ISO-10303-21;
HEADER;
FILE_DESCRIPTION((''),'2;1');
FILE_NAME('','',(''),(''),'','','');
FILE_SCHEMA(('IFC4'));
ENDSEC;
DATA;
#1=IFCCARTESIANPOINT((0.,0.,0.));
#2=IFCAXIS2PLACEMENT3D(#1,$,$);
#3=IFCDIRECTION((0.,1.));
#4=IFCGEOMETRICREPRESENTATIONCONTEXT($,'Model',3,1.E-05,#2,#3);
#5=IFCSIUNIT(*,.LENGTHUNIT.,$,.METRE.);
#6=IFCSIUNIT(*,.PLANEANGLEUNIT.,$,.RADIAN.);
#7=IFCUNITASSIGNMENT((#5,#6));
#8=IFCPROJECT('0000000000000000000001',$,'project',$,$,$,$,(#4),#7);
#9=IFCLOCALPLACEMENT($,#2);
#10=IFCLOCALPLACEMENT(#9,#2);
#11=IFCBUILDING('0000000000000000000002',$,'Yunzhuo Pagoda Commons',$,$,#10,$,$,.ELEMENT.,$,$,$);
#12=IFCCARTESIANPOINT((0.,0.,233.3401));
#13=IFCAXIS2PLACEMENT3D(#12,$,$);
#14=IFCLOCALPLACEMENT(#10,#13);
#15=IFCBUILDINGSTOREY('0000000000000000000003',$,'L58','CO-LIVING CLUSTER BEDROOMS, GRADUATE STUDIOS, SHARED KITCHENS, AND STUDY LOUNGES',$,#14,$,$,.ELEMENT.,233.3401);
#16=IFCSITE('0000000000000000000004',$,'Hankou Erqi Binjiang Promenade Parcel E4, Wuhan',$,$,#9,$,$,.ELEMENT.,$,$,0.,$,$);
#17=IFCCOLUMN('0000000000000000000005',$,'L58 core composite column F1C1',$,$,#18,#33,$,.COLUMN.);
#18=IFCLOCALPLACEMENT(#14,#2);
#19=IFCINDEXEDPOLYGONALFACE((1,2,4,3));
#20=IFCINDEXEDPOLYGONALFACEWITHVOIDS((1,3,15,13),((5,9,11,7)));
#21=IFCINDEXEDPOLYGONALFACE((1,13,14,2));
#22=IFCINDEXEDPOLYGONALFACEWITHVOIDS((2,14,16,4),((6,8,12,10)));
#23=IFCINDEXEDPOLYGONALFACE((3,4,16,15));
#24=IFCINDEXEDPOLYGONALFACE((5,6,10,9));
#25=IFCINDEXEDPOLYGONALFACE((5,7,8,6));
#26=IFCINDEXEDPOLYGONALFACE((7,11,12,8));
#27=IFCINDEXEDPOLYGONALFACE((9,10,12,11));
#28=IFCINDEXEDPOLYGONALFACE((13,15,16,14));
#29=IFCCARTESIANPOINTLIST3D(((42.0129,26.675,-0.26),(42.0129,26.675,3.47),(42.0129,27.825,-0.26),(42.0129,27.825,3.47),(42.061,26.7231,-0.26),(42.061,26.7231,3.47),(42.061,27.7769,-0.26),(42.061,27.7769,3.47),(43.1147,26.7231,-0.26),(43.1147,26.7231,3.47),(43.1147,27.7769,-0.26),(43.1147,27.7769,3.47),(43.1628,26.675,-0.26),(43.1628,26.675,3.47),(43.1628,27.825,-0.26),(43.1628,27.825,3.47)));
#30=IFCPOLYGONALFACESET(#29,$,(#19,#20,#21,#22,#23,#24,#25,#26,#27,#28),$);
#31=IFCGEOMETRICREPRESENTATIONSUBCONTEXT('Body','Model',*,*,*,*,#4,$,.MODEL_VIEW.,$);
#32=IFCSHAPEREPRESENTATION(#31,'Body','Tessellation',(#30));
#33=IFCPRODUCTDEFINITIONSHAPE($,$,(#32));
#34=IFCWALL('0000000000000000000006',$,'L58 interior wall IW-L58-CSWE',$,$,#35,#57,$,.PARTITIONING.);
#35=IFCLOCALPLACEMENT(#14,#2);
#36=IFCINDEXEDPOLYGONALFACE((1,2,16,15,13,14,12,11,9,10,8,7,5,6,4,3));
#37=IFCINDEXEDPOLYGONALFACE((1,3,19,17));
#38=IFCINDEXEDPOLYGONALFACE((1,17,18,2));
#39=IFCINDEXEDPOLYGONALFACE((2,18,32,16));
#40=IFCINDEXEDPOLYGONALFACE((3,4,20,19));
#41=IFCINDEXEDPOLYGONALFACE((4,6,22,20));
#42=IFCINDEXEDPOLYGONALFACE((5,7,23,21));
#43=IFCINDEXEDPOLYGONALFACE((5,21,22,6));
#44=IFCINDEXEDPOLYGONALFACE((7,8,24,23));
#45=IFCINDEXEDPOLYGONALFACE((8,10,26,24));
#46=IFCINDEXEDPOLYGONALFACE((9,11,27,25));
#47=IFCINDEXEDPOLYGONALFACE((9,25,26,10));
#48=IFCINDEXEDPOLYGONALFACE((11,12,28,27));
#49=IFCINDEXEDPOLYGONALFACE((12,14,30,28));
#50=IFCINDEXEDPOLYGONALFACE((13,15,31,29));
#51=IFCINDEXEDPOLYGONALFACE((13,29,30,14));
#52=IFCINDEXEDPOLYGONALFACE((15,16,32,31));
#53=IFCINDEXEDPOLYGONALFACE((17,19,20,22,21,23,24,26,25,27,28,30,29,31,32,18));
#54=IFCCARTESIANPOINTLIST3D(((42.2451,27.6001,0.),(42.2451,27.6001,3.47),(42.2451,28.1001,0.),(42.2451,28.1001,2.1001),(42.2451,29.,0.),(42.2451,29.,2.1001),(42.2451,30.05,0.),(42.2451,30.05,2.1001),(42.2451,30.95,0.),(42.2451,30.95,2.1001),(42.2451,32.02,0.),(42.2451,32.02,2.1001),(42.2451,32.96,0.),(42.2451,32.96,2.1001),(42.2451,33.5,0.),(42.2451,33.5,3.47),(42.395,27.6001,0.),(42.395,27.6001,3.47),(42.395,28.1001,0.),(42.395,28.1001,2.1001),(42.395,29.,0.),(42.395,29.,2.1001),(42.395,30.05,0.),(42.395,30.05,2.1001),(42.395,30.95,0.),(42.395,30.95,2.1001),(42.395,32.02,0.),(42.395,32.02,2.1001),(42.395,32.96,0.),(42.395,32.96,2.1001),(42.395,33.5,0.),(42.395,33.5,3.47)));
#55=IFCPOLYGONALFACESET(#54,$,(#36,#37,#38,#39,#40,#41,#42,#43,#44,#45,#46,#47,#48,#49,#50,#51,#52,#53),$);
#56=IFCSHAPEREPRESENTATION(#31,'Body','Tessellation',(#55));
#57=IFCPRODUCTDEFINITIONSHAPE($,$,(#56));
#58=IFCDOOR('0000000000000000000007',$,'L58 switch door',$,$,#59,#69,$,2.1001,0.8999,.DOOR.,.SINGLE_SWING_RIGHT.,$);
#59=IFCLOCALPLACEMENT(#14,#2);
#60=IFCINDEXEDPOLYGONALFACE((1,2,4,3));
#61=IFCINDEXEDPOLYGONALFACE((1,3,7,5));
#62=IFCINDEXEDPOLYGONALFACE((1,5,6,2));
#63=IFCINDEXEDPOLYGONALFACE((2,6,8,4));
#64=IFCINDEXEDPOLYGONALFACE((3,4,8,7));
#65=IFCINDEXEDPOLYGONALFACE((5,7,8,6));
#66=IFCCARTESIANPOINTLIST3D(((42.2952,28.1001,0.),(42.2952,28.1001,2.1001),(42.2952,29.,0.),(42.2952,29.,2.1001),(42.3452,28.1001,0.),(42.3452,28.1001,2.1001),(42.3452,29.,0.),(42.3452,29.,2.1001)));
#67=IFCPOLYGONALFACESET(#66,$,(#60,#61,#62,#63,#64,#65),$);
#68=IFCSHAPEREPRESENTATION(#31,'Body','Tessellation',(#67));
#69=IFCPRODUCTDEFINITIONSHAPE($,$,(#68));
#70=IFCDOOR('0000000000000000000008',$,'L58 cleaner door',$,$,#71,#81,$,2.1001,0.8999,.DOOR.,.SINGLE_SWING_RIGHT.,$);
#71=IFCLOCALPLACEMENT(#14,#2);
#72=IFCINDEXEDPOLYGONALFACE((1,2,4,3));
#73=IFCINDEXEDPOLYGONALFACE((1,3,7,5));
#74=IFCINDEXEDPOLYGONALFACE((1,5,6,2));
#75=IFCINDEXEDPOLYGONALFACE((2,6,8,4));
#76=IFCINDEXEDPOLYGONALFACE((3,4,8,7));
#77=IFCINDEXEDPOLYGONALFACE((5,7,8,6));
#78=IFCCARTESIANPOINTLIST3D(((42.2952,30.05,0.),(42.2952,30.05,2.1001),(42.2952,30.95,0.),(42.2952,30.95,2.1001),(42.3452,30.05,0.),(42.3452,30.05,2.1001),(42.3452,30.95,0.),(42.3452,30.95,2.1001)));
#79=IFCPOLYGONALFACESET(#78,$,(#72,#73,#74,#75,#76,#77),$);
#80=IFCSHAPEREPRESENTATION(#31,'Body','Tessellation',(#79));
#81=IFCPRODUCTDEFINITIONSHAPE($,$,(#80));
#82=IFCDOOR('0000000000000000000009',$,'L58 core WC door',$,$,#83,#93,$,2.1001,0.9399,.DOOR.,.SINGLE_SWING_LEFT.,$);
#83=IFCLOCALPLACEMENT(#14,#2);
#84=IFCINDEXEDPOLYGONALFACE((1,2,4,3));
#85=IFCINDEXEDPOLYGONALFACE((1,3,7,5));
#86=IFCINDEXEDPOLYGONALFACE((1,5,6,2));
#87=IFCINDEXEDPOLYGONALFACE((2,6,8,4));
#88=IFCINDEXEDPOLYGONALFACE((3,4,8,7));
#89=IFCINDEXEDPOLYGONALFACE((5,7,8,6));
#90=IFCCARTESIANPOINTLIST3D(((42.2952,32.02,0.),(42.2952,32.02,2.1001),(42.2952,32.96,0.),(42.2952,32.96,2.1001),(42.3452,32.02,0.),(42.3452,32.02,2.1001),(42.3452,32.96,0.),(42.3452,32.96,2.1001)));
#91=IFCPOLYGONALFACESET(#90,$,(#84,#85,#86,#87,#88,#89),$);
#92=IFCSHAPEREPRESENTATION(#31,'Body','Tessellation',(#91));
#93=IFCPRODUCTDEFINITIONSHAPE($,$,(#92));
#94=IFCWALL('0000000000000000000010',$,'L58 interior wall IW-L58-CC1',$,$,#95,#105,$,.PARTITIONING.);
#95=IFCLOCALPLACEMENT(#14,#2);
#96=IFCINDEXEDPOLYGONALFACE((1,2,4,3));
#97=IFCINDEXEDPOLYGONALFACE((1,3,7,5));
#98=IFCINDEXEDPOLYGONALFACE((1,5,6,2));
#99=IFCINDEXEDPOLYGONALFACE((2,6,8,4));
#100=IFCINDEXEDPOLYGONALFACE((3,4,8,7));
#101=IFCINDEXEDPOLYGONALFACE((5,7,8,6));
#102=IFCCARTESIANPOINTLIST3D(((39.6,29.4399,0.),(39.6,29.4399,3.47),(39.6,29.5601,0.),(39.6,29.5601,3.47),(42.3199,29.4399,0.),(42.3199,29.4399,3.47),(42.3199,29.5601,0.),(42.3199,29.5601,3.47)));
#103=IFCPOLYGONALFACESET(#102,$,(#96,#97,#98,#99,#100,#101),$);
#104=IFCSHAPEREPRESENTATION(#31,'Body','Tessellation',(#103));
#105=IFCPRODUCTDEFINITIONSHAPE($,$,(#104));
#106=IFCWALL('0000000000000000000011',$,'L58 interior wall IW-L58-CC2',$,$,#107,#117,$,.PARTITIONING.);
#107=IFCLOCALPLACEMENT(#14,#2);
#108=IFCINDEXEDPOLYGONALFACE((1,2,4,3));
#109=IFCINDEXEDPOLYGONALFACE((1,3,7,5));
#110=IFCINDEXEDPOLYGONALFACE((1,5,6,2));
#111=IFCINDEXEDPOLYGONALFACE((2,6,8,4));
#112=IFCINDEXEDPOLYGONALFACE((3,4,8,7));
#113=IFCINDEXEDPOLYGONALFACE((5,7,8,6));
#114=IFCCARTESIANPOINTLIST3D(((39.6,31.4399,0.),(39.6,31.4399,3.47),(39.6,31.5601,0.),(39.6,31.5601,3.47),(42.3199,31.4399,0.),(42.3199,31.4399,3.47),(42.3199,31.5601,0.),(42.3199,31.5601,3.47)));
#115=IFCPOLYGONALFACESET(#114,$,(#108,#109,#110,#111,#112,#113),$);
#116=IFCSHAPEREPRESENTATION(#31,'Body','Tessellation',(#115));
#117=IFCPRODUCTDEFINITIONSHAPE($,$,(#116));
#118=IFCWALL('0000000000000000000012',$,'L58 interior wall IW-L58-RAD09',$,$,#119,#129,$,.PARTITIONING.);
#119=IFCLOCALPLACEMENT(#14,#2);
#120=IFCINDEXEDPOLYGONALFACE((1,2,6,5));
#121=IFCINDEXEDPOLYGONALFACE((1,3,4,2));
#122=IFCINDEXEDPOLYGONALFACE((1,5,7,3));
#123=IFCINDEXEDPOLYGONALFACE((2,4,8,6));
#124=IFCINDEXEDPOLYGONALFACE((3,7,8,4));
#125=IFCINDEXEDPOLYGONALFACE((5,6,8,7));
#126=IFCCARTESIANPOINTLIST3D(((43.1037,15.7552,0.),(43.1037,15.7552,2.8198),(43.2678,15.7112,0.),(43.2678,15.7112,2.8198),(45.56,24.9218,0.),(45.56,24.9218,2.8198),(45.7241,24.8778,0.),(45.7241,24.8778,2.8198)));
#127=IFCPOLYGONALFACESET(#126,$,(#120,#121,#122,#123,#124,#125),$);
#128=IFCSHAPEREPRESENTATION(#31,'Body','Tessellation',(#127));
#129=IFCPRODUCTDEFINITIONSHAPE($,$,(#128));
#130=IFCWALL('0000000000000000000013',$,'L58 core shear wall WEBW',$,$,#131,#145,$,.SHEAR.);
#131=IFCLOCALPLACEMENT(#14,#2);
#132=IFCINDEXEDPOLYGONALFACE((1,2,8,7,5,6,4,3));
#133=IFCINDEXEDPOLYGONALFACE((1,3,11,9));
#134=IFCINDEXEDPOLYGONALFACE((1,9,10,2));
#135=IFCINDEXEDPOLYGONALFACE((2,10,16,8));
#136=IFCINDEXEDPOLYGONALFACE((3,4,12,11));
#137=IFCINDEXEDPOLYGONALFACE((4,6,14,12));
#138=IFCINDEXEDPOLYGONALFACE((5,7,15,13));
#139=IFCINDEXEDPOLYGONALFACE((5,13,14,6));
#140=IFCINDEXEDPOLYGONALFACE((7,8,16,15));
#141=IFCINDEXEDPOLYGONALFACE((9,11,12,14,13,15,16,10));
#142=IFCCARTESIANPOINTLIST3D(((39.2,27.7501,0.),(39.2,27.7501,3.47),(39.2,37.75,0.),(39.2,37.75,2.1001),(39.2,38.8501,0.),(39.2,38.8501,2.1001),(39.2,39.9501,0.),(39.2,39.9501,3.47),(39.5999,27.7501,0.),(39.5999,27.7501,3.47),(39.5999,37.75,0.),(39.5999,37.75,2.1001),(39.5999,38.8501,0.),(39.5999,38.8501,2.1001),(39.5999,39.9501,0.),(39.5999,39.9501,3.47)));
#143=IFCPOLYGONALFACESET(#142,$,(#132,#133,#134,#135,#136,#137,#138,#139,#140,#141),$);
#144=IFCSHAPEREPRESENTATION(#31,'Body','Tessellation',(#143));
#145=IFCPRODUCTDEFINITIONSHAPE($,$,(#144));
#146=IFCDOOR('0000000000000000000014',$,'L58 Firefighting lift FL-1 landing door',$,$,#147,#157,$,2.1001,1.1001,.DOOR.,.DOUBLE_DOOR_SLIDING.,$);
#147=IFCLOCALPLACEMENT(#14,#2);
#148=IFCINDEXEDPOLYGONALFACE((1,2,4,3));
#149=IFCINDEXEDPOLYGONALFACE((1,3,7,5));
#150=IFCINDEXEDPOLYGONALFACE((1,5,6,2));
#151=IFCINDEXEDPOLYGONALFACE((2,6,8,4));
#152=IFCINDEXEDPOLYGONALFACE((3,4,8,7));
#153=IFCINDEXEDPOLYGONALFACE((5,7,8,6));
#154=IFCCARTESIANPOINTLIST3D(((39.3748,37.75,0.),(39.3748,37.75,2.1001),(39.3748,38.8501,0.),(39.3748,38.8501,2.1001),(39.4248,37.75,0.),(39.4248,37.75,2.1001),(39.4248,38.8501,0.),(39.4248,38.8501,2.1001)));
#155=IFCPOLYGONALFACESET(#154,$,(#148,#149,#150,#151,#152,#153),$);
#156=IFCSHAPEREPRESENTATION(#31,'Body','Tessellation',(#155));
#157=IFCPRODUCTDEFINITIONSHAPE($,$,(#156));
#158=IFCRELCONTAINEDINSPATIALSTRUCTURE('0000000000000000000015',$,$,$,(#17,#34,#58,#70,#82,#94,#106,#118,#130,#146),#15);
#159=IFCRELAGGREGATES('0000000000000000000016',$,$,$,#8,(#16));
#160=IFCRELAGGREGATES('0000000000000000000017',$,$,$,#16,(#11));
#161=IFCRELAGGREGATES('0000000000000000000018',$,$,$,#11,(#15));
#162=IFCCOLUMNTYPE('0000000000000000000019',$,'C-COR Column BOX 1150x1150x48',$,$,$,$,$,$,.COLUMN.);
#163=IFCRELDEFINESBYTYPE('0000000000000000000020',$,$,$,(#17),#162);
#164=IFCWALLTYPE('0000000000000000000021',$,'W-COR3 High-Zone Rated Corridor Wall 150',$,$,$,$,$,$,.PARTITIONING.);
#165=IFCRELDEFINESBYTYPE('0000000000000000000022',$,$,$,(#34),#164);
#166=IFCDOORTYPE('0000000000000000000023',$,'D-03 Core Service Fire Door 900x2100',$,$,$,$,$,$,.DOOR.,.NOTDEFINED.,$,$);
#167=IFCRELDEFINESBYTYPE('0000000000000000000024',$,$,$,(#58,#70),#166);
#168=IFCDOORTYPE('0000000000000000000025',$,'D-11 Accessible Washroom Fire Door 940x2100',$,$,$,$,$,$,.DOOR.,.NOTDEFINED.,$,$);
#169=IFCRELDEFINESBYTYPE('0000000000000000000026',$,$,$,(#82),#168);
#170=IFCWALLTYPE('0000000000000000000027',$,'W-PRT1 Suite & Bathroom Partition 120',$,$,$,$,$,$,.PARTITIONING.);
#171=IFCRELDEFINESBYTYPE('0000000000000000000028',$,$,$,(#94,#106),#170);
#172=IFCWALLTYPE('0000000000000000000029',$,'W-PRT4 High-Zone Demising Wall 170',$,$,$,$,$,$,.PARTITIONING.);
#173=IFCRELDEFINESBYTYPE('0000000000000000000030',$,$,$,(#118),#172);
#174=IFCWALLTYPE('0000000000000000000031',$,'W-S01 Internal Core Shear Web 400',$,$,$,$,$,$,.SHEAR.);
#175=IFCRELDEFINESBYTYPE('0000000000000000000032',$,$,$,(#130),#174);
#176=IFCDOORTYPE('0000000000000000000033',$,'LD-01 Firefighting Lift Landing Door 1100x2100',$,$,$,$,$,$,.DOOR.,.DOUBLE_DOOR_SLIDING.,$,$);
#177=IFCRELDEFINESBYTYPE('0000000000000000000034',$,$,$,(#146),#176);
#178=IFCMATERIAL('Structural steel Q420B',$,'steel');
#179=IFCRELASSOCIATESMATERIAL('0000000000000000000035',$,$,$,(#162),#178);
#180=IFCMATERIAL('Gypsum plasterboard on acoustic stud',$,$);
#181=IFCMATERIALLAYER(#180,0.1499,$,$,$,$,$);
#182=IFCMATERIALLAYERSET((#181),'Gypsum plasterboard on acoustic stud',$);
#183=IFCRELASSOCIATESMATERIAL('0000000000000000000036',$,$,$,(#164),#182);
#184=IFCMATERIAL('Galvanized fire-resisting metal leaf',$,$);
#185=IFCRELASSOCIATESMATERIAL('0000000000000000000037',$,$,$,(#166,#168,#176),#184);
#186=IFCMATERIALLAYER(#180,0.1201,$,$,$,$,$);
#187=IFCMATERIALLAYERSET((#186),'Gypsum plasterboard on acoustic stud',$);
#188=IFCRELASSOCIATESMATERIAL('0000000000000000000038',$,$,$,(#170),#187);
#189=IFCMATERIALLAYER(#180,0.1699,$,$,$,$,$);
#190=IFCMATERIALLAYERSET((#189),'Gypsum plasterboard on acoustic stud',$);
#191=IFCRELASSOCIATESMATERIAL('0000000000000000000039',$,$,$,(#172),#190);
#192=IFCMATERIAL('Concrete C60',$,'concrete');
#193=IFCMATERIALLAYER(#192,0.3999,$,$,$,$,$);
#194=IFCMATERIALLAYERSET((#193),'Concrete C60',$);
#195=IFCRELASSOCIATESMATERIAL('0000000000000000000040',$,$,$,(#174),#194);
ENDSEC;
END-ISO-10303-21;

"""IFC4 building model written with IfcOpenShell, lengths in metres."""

from ifc_helpers import new_model, si_unit, direction, frame, frame_2d, origin, origin_with_axes, origin_2d, place, context, subcontext, project, spatial, rectangle, hollow_rectangle, extrude, source, transform, mapped, material, layer, layer_set, material_profile, profile_set, type_object, element, fill, save


model = new_model("IFC4")

# Units and contexts
model_context = context("Model", 3, precision=1e-05, world=origin(), true_north=direction((0.0, 1.0)))
body_context = subcontext(model_context, "Body", "Model", "MODEL_VIEW")
ifc_project = project(units=[si_unit("LENGTHUNIT", "METRE"), si_unit("PLANEANGLEUNIT", "RADIAN")], contexts=[model_context])

# Site, building, storey
site_placement = place(None, origin())
site = spatial("IfcSite", under=ifc_project, at=site_placement, Name="Hankou Erqi Binjiang Promenade Parcel E4, Wuhan", CompositionType="ELEMENT", RefElevation=0.0)
building_placement = place(site_placement, origin())
building = spatial("IfcBuilding", under=site, at=building_placement, Name="Yunzhuo Pagoda Commons", CompositionType="ELEMENT")
storey_placement = place(building_placement, frame((0.0, 0.0, 233.3401)))
storey = spatial("IfcBuildingStorey", under=building, at=storey_placement, Name="L58", Description="CO-LIVING CLUSTER BEDROOMS, GRADUATE STUDIOS, SHARED KITCHENS, AND STUDY LOUNGES", CompositionType="ELEMENT", Elevation=233.3401)

# Column
ifc_material_1 = material(Name="Structural steel Q420B", Category="steel")
ifc_material_profile = material_profile(ifc_material_1, hollow_rectangle(XDim=1.1499, YDim=1.1499, WallThickness=0.0481, at=origin_2d()), Name="Structural steel Q420B")
ifc_profile_set = profile_set([ifc_material_profile], Name="Structural steel Q420B")
column_type = type_object("IfcColumnType", Name="C-COR Column BOX 1150x1150x48", PredefinedType="COLUMN", material=ifc_profile_set)
shared_shape_1 = source(origin(), body_context, "Body", "SweptSolid", [
    extrude(hollow_rectangle(XDim=1.1499, YDim=1.1499, WallThickness=0.0481, at=origin_2d()), origin(), (0.0, 0.0, 1.0), 3.73),
])
column_placement = place(storey_placement, frame((42.5879, 27.25, -0.26), z_axis=(0.0, 0.0, 1.0), x_axis=(1.0, 0.0, 0.0)))
element("IfcColumn", 1, at=column_placement, inside=storey, type_object=column_type, Name="L58 core composite column F1C1", PredefinedType="COLUMN", context=body_context, shape_type="MappedRepresentation", body=[
    mapped(shared_shape_1, transform((0.0, 0.0, 0.0), scale=1.0)),
])

# Wall, openings, doors
ifc_material_2 = material(Name="Gypsum plasterboard on acoustic stud")
ifc_layer_1 = layer(ifc_material_2, 0.1499)
ifc_layer_set_1 = layer_set([ifc_layer_1], Name="Gypsum plasterboard on acoustic stud")
wall_type_1 = type_object("IfcWallType", Name="W-COR3 High-Zone Rated Corridor Wall 150", PredefinedType="PARTITIONING", material=ifc_layer_set_1)
wall_1_placement = place(storey_placement, frame((42.3201, 27.6001, 0.0), z_axis=(0.0, 0.0, 1.0), x_axis=(0.0, 1.0, 0.0)))
wall_1 = element("IfcWall", 2, at=wall_1_placement, inside=storey, type_object=wall_type_1, Name="L58 interior wall IW-L58-CSWE", PredefinedType="PARTITIONING", context=body_context, shape_type="SweptSolid", body=[
    extrude(rectangle(XDim=5.8999, YDim=0.1499, at=frame_2d((2.95, 0.0))), origin(), (0.0, 0.0, 1.0), 3.47),
])
opening_1_placement = place(wall_1_placement, frame((0.5, 0.0, 0.0)))
opening_1 = element("IfcOpeningElement", 3, at=opening_1_placement, cuts=wall_1, PredefinedType="OPENING", context=body_context, shape_type="SweptSolid", body=[
    extrude(rectangle(XDim=0.8999, YDim=2.1001, at=frame_2d((0.45, 1.05))), frame((0.0, 0.085, 0.0), z_axis=(0.0, -1.0, 0.0), x_axis=(1.0, 0.0, 0.0)), (0.0, 0.0, 1.0), 0.1699),
])
opening_2_placement = place(wall_1_placement, frame((2.45, 0.0, 0.0)))
opening_2 = element("IfcOpeningElement", 4, at=opening_2_placement, cuts=wall_1, PredefinedType="OPENING", context=body_context, shape_type="SweptSolid", body=[
    extrude(rectangle(XDim=0.8999, YDim=2.1001, at=frame_2d((0.45, 1.05))), frame((0.0, 0.085, 0.0), z_axis=(0.0, -1.0, 0.0), x_axis=(1.0, 0.0, 0.0)), (0.0, 0.0, 1.0), 0.1699),
])
opening_3_placement = place(wall_1_placement, frame((4.4199, 0.0, 0.0)))
opening_3 = element("IfcOpeningElement", 5, at=opening_3_placement, cuts=wall_1, PredefinedType="OPENING", context=body_context, shape_type="SweptSolid", body=[
    extrude(rectangle(XDim=0.9399, YDim=2.1001, at=frame_2d((0.47, 1.05))), frame((0.0, 0.085, 0.0), z_axis=(0.0, -1.0, 0.0), x_axis=(1.0, 0.0, 0.0)), (0.0, 0.0, 1.0), 0.1699),
])
ifc_material_3 = material(Name="Galvanized fire-resisting metal leaf")
door_type_1 = type_object("IfcDoorType", Name="D-03 Core Service Fire Door 900x2100", OperationType="NOTDEFINED", PredefinedType="DOOR", material=ifc_material_3)
shared_shape_2 = source(origin(), body_context, "Body", "SweptSolid", [
    extrude(rectangle(XDim=0.8999, YDim=2.1001, at=frame_2d((0.45, 1.05))), frame((0.0, 0.0249, 0.0), z_axis=(0.0, -1.0, 0.0), x_axis=(1.0, 0.0, 0.0)), (0.0, 0.0, 1.0), 0.05),
])
door_1_placement = place(opening_1_placement, origin_with_axes())
door_1 = element("IfcDoor", 6, at=door_1_placement, inside=storey, type_object=door_type_1, Name="L58 switch door", OperationType="SINGLE_SWING_RIGHT", OverallHeight=2.1001, OverallWidth=0.8999, PredefinedType="DOOR", context=body_context, shape_type="MappedRepresentation", body=[
    mapped(shared_shape_2, transform((0.0, 0.0, 0.0), scale=1.0)),
])
fill(opening_1, door_1)
door_2_placement = place(opening_2_placement, origin_with_axes())
door_2 = element("IfcDoor", 7, at=door_2_placement, inside=storey, type_object=door_type_1, Name="L58 cleaner door", OperationType="SINGLE_SWING_RIGHT", OverallHeight=2.1001, OverallWidth=0.8999, PredefinedType="DOOR", context=body_context, shape_type="MappedRepresentation", body=[
    mapped(shared_shape_2, transform((0.0, 0.0, 0.0), scale=1.0)),
])
fill(opening_2, door_2)
door_type_2 = type_object("IfcDoorType", Name="D-11 Accessible Washroom Fire Door 940x2100", OperationType="NOTDEFINED", PredefinedType="DOOR", material=ifc_material_3)
shared_shape_3 = source(origin(), body_context, "Body", "SweptSolid", [
    extrude(rectangle(XDim=0.9399, YDim=2.1001, at=frame_2d((0.47, 1.05))), frame((0.0, 0.0249, 0.0), z_axis=(0.0, -1.0, 0.0), x_axis=(1.0, 0.0, 0.0)), (0.0, 0.0, 1.0), 0.05),
])
door_3_placement = place(opening_3_placement, origin_with_axes())
door_3 = element("IfcDoor", 8, at=door_3_placement, inside=storey, type_object=door_type_2, Name="L58 core WC door", OperationType="SINGLE_SWING_LEFT", OverallHeight=2.1001, OverallWidth=0.9399, PredefinedType="DOOR", context=body_context, shape_type="MappedRepresentation", body=[
    mapped(shared_shape_3, transform((0.0, 0.0, 0.0), scale=1.0)),
])
fill(opening_3, door_3)

# Walls
ifc_layer_2 = layer(ifc_material_2, 0.1201)
ifc_layer_set_2 = layer_set([ifc_layer_2], Name="Gypsum plasterboard on acoustic stud")
wall_type_2 = type_object("IfcWallType", Name="W-PRT1 Suite & Bathroom Partition 120", PredefinedType="PARTITIONING", material=ifc_layer_set_2)
for number, where, z_axis, x_axis, name in (
    (9, (39.6001, 29.5, 0.0), (0.0, 0.0, 1.0), (1.0, 0.0, 0.0), "L58 interior wall IW-L58-CC1"),
    (10, (39.6001, 31.5, 0.0), (0.0, 0.0, 1.0), (1.0, 0.0, 0.0), "L58 interior wall IW-L58-CC2"),
):
    element("IfcWall", number, at=place(storey_placement, frame(where, z_axis=z_axis, x_axis=x_axis)), inside=storey, type_object=wall_type_2, Name=name, PredefinedType="PARTITIONING", context=body_context, shape_type="SweptSolid", body=[
        extrude(rectangle(XDim=2.72, YDim=0.1201, at=frame_2d((1.3599, 0.0))), origin(), (0.0, 0.0, 1.0), 3.47),
    ])
ifc_layer_3 = layer(ifc_material_2, 0.1699)
ifc_layer_set_3 = layer_set([ifc_layer_3], Name="Gypsum plasterboard on acoustic stud")
wall_type_3 = type_object("IfcWallType", Name="W-PRT4 High-Zone Demising Wall 170", PredefinedType="PARTITIONING", material=ifc_layer_set_3)
wall_2_placement = place(storey_placement, frame((45.6421, 24.8999, 0.0), z_axis=(0.0, 0.0, 1.0), x_axis=(-0.258833, -0.965922, 0.0)))
element("IfcWall", 11, at=wall_2_placement, inside=storey, type_object=wall_type_3, Name="L58 interior wall IW-L58-RAD09", PredefinedType="PARTITIONING", context=body_context, shape_type="SweptSolid", body=[
    extrude(rectangle(XDim=9.49, YDim=0.1699, at=frame_2d((4.7451, 0.0))), origin(), (0.0, 0.0, 1.0), 2.8198),
])

# Wall, opening, door
ifc_material_4 = material(Name="Concrete C60", Category="concrete")
ifc_layer_4 = layer(ifc_material_4, 0.3999)
ifc_layer_set_4 = layer_set([ifc_layer_4], Name="Concrete C60")
wall_type_4 = type_object("IfcWallType", Name="W-S01 Internal Core Shear Web 400", PredefinedType="SHEAR", material=ifc_layer_set_4)
wall_3_placement = place(storey_placement, frame((39.3999, 27.75, 0.0), z_axis=(0.0, 0.0, 1.0), x_axis=(0.0, 1.0, 0.0)))
wall_3 = element("IfcWall", 12, at=wall_3_placement, inside=storey, type_object=wall_type_4, Name="L58 core shear wall WEBW", PredefinedType="SHEAR", context=body_context, shape_type="SweptSolid", body=[
    extrude(rectangle(XDim=12.2, YDim=0.3999, at=frame_2d((6.1001, 0.0))), origin(), (0.0, 0.0, 1.0), 3.47),
])
opening_4_placement = place(wall_3_placement, frame((10.0, 0.0, 0.0)))
opening_4 = element("IfcOpeningElement", 13, at=opening_4_placement, cuts=wall_3, PredefinedType="OPENING", context=body_context, shape_type="SweptSolid", body=[
    extrude(rectangle(XDim=1.1001, YDim=2.1001, at=frame_2d((0.55, 1.05))), frame((0.0, 0.21, 0.0), z_axis=(0.0, -1.0, 0.0), x_axis=(1.0, 0.0, 0.0)), (0.0, 0.0, 1.0), 0.4199),
])
door_type_3 = type_object("IfcDoorType", Name="LD-01 Firefighting Lift Landing Door 1100x2100", OperationType="DOUBLE_DOOR_SLIDING", PredefinedType="DOOR", material=ifc_material_3)
shared_shape_4 = source(origin(), body_context, "Body", "SweptSolid", [
    extrude(rectangle(XDim=1.1001, YDim=2.1001, at=frame_2d((0.55, 1.05))), frame((0.0, 0.0249, 0.0), z_axis=(0.0, -1.0, 0.0), x_axis=(1.0, 0.0, 0.0)), (0.0, 0.0, 1.0), 0.05),
])
door_4_placement = place(opening_4_placement, frame((1.1001, 0.0, 0.0), z_axis=(0.0, 0.0, 1.0), x_axis=(-1.0, 0.0, 0.0)))
door_4 = element("IfcDoor", 14, at=door_4_placement, inside=storey, type_object=door_type_3, Name="L58 Firefighting lift FL-1 landing door", OperationType="DOUBLE_DOOR_SLIDING", OverallHeight=2.1001, OverallWidth=1.1001, PredefinedType="DOOR", context=body_context, shape_type="MappedRepresentation", body=[
    mapped(shared_shape_4, transform((0.0, 0.0, 0.0), scale=1.0)),
])
fill(opening_4, door_4)

save(model, "model.ifc")
